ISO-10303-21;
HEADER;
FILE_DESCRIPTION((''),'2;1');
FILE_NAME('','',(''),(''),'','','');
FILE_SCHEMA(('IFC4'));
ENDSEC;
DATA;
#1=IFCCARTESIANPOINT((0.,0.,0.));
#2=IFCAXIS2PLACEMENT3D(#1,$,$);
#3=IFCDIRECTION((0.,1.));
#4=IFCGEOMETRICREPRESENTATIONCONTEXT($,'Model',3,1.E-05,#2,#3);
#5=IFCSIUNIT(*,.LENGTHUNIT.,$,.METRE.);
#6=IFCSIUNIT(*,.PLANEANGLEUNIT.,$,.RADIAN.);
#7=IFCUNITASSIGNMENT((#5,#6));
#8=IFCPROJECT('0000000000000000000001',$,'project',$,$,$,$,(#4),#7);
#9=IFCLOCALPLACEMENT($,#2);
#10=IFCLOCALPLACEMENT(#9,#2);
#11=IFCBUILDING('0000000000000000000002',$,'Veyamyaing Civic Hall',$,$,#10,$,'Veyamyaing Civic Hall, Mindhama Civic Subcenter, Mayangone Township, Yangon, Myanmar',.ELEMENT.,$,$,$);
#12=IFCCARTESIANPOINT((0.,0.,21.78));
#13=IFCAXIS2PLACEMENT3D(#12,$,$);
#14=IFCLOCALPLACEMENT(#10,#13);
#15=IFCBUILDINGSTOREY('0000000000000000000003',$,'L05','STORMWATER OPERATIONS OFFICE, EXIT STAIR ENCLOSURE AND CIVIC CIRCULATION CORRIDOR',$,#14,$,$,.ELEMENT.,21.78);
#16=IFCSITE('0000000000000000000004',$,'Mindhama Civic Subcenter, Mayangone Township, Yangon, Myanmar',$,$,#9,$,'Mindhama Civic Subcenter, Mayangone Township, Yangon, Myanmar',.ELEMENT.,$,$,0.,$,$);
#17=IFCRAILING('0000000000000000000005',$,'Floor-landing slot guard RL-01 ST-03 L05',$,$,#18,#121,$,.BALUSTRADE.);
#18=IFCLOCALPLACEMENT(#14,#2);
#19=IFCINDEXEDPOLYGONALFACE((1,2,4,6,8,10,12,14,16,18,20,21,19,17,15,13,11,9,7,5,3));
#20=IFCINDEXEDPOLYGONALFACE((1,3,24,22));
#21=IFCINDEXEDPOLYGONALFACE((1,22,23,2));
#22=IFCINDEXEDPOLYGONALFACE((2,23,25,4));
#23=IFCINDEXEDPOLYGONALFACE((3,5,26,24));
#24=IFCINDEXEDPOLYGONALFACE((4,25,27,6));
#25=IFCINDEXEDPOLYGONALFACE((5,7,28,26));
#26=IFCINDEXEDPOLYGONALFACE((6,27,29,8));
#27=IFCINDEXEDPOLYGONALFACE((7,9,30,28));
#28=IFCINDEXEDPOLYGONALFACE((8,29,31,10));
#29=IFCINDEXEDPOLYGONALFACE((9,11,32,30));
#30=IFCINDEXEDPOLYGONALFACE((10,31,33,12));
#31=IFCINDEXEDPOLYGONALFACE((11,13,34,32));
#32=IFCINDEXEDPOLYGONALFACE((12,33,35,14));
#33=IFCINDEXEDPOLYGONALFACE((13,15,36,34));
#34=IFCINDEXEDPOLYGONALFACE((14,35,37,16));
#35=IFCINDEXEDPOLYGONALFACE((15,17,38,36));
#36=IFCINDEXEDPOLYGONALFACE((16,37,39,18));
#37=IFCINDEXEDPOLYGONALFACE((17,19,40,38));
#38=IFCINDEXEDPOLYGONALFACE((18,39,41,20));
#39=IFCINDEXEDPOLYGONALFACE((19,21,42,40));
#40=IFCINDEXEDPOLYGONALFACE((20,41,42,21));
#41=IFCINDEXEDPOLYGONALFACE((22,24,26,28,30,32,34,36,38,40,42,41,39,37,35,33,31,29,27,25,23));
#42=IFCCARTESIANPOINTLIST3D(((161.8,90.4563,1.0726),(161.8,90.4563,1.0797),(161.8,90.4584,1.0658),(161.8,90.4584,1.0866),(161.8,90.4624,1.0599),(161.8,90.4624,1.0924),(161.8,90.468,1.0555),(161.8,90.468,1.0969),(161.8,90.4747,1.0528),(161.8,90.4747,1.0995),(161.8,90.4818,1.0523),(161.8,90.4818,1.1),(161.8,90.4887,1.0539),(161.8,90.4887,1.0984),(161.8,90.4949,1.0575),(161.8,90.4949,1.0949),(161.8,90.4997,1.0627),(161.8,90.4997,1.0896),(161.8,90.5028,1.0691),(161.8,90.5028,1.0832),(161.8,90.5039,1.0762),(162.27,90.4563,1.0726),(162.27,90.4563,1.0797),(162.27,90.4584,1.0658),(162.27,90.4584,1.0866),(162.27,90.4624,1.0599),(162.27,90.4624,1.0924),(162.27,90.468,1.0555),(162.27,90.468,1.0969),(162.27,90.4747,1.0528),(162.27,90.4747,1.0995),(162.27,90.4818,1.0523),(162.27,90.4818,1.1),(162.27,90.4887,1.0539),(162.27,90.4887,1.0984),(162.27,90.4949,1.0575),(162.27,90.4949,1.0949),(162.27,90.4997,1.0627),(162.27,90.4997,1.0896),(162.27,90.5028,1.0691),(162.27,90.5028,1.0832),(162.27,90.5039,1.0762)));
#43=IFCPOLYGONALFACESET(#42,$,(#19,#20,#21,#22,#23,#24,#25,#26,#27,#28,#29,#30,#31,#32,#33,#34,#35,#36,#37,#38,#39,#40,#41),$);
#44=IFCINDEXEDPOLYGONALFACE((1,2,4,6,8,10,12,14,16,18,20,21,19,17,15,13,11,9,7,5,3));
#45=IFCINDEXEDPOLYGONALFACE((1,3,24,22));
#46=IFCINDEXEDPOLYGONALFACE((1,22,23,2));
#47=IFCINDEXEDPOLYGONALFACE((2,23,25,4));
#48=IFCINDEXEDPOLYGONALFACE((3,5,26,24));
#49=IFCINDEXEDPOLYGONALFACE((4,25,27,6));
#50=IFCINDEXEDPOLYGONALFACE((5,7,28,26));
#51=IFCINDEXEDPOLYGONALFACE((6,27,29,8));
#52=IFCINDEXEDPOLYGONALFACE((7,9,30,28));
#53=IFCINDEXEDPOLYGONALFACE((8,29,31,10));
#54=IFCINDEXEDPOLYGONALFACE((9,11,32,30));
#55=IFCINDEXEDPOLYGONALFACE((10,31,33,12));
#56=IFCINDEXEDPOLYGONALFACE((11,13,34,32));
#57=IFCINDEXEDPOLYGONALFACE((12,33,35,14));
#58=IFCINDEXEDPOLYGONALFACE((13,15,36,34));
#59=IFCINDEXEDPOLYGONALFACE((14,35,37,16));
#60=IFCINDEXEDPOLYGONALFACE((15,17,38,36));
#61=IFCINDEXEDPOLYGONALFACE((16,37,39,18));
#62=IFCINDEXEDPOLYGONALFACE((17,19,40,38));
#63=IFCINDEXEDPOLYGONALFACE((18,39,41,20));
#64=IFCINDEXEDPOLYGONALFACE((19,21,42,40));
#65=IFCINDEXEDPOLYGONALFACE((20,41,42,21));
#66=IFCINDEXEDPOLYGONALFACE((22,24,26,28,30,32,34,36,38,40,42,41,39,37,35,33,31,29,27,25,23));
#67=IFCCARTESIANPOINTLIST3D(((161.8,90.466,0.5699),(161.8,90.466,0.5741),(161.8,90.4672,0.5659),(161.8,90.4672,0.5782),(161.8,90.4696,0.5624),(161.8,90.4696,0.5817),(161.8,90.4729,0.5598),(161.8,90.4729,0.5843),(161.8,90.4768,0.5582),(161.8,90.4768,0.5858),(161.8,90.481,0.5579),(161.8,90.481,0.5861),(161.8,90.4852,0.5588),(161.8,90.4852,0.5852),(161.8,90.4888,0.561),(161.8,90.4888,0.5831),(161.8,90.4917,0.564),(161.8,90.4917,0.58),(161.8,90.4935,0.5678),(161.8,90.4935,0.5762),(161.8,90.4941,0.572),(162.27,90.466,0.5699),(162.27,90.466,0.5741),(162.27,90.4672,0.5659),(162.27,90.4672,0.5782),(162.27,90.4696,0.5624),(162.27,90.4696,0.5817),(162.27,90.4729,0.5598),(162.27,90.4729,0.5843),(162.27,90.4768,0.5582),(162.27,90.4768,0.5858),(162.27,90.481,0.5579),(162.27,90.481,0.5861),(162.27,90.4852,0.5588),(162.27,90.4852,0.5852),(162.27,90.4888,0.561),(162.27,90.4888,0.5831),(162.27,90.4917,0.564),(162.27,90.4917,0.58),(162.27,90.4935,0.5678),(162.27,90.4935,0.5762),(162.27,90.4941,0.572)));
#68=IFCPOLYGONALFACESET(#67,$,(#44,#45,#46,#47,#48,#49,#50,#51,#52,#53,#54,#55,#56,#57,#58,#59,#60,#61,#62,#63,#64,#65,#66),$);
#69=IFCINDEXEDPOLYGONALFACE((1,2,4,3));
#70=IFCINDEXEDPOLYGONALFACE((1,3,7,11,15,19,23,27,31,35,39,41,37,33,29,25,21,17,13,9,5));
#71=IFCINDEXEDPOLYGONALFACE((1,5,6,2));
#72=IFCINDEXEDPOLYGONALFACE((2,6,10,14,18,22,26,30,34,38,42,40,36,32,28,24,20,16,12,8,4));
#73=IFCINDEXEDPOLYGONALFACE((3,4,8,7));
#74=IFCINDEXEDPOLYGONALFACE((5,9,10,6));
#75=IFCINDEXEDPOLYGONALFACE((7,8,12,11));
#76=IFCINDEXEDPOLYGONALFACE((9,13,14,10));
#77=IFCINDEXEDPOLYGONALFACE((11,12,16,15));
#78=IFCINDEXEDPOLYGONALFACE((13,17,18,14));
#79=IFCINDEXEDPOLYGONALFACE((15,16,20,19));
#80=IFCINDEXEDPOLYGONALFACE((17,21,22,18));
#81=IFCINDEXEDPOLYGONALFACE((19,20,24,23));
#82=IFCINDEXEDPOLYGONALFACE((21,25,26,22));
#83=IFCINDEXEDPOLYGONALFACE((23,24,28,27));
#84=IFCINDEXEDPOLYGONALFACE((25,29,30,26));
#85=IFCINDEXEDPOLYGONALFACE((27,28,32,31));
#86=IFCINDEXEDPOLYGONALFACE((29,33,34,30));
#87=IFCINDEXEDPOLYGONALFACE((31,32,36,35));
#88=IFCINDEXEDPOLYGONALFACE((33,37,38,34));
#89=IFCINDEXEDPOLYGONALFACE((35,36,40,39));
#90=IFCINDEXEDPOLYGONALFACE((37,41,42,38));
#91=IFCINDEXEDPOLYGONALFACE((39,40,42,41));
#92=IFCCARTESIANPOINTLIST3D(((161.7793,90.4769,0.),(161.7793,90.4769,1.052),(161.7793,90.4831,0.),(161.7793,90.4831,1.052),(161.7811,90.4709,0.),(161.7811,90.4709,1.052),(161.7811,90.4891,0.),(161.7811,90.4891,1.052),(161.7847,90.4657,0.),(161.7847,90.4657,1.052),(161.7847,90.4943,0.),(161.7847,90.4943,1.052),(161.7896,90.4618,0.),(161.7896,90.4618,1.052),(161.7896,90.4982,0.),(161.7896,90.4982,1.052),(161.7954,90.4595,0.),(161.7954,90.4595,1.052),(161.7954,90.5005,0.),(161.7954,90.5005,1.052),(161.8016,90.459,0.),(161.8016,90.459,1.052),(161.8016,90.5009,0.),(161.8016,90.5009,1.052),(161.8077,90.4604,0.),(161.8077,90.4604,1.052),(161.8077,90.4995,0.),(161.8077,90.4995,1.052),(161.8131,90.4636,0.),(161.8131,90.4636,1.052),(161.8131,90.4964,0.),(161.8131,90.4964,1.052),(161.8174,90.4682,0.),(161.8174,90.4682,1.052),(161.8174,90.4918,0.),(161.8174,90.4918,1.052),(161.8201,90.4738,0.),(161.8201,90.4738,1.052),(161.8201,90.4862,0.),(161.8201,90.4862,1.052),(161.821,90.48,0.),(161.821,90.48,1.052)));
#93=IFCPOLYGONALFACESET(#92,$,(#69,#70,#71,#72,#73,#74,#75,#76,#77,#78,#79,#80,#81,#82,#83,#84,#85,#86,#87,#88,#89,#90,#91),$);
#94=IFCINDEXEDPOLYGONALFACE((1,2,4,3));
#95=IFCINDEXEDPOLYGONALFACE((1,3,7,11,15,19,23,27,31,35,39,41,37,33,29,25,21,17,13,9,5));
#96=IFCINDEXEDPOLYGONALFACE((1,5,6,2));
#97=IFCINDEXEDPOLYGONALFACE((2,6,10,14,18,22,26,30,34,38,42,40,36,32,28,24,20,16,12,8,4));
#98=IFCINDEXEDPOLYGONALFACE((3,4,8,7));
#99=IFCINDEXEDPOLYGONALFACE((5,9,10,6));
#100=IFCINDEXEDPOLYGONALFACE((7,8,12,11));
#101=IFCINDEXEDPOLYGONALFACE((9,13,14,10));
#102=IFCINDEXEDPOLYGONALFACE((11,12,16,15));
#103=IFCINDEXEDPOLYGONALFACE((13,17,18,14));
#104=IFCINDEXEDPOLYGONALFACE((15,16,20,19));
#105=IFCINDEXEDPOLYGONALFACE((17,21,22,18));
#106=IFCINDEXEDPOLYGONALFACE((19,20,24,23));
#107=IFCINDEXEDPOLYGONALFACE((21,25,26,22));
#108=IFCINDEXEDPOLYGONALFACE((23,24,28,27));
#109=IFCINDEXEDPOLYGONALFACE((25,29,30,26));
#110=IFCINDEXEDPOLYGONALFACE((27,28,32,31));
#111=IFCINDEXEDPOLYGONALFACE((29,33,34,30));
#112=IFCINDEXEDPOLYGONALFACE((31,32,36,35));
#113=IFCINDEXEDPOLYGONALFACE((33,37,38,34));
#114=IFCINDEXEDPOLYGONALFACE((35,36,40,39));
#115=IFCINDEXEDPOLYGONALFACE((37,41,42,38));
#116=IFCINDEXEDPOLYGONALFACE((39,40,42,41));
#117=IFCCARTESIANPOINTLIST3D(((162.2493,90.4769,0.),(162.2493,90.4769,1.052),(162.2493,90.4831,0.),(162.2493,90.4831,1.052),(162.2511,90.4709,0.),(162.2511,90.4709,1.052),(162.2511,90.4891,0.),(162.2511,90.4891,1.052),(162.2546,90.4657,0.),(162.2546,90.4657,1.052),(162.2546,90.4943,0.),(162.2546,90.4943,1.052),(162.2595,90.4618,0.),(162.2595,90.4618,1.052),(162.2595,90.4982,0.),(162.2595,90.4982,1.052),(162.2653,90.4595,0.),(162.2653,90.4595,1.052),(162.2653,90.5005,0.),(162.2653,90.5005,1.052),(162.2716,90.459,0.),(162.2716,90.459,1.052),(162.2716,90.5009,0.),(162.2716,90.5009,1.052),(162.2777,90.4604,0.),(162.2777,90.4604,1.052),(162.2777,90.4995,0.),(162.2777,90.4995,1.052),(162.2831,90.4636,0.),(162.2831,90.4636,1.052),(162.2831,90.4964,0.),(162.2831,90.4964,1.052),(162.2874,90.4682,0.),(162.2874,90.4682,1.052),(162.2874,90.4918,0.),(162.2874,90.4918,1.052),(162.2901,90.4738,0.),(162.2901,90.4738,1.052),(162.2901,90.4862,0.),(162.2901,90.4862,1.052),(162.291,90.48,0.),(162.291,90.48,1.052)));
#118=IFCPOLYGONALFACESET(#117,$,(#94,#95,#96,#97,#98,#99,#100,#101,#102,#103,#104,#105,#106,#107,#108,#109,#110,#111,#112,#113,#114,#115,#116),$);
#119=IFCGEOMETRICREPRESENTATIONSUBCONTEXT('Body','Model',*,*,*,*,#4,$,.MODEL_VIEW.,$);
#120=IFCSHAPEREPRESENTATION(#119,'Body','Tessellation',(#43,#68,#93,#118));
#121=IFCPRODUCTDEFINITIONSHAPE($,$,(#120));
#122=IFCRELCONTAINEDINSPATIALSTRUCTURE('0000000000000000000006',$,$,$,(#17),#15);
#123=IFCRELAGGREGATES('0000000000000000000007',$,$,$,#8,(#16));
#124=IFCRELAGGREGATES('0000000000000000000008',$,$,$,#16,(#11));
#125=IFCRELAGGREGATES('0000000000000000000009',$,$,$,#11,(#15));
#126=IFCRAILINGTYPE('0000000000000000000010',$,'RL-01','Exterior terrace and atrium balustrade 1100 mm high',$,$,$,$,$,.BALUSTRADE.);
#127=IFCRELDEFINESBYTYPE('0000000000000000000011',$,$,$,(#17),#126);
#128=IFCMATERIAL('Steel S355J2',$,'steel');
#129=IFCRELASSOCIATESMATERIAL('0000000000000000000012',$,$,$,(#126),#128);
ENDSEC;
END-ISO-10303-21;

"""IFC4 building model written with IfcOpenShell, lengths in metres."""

from ifc_helpers import new_model, si_unit, direction, frame, origin, origin_2d, place, context, subcontext, project, spatial, circle, extrude, material, type_object, element, save


model = new_model("IFC4")

# Units and contexts
model_context = context("Model", 3, precision=1e-05, world=origin(), true_north=direction((0.0, 1.0)))
body_context = subcontext(model_context, "Body", "Model", "MODEL_VIEW")
ifc_project = project(units=[si_unit("LENGTHUNIT", "METRE"), si_unit("PLANEANGLEUNIT", "RADIAN")], contexts=[model_context])

# Site, building, storey
site_placement = place(None, origin())
site = spatial("IfcSite", under=ifc_project, at=site_placement, Name="Mindhama Civic Subcenter, Mayangone Township, Yangon, Myanmar", LongName="Mindhama Civic Subcenter, Mayangone Township, Yangon, Myanmar", CompositionType="ELEMENT", RefElevation=0.0)
building_placement = place(site_placement, origin())
building = spatial("IfcBuilding", under=site, at=building_placement, Name="Veyamyaing Civic Hall", LongName="Veyamyaing Civic Hall, Mindhama Civic Subcenter, Mayangone Township, Yangon, Myanmar", CompositionType="ELEMENT")
storey_placement = place(building_placement, frame((0.0, 0.0, 21.78)))
storey = spatial("IfcBuildingStorey", under=building, at=storey_placement, Name="L05", Description="STORMWATER OPERATIONS OFFICE, EXIT STAIR ENCLOSURE AND CIVIC CIRCULATION CORRIDOR", CompositionType="ELEMENT", Elevation=21.78)

# Railing
ifc_material_1 = material(Name="Steel S355J2", Category="steel")
railing_type_1 = type_object("IfcRailingType", Name="RL-01", Description="Exterior terrace and atrium balustrade 1100 mm high", PredefinedType="BALUSTRADE", material=ifc_material_1)
railing_1_placement = place(storey_placement, frame((161.8, 90.48, 0.0)))
element("IfcRailing", 1, at=railing_1_placement, inside=storey, type_object=railing_type_1, Name="Floor-landing slot guard RL-01 ST-03 L05", PredefinedType="BALUSTRADE", context=body_context, shape_type="SweptSolid", body=[
    extrude(circle(Radius=0.0239, at=origin_2d()), frame((0.0, 0.0, 1.0762), z_axis=(1.0, 0.0, 0.0), x_axis=(0.0, 1.0, 0.0)), (0.0, 0.0, 1.0), 0.47),
    extrude(circle(Radius=0.0142, at=origin_2d()), frame((0.0, 0.0, 0.572), z_axis=(1.0, 0.0, 0.0), x_axis=(0.0, 1.0, 0.0)), (0.0, 0.0, 1.0), 0.47),
    extrude(circle(Radius=0.021, at=origin_2d()), origin(), (0.0, 0.0, 1.0), 1.052),
    extrude(circle(Radius=0.021, at=origin_2d()), frame((0.47, 0.0, 0.0)), (0.0, 0.0, 1.0), 1.052),
])

save(model, "model.ifc")
